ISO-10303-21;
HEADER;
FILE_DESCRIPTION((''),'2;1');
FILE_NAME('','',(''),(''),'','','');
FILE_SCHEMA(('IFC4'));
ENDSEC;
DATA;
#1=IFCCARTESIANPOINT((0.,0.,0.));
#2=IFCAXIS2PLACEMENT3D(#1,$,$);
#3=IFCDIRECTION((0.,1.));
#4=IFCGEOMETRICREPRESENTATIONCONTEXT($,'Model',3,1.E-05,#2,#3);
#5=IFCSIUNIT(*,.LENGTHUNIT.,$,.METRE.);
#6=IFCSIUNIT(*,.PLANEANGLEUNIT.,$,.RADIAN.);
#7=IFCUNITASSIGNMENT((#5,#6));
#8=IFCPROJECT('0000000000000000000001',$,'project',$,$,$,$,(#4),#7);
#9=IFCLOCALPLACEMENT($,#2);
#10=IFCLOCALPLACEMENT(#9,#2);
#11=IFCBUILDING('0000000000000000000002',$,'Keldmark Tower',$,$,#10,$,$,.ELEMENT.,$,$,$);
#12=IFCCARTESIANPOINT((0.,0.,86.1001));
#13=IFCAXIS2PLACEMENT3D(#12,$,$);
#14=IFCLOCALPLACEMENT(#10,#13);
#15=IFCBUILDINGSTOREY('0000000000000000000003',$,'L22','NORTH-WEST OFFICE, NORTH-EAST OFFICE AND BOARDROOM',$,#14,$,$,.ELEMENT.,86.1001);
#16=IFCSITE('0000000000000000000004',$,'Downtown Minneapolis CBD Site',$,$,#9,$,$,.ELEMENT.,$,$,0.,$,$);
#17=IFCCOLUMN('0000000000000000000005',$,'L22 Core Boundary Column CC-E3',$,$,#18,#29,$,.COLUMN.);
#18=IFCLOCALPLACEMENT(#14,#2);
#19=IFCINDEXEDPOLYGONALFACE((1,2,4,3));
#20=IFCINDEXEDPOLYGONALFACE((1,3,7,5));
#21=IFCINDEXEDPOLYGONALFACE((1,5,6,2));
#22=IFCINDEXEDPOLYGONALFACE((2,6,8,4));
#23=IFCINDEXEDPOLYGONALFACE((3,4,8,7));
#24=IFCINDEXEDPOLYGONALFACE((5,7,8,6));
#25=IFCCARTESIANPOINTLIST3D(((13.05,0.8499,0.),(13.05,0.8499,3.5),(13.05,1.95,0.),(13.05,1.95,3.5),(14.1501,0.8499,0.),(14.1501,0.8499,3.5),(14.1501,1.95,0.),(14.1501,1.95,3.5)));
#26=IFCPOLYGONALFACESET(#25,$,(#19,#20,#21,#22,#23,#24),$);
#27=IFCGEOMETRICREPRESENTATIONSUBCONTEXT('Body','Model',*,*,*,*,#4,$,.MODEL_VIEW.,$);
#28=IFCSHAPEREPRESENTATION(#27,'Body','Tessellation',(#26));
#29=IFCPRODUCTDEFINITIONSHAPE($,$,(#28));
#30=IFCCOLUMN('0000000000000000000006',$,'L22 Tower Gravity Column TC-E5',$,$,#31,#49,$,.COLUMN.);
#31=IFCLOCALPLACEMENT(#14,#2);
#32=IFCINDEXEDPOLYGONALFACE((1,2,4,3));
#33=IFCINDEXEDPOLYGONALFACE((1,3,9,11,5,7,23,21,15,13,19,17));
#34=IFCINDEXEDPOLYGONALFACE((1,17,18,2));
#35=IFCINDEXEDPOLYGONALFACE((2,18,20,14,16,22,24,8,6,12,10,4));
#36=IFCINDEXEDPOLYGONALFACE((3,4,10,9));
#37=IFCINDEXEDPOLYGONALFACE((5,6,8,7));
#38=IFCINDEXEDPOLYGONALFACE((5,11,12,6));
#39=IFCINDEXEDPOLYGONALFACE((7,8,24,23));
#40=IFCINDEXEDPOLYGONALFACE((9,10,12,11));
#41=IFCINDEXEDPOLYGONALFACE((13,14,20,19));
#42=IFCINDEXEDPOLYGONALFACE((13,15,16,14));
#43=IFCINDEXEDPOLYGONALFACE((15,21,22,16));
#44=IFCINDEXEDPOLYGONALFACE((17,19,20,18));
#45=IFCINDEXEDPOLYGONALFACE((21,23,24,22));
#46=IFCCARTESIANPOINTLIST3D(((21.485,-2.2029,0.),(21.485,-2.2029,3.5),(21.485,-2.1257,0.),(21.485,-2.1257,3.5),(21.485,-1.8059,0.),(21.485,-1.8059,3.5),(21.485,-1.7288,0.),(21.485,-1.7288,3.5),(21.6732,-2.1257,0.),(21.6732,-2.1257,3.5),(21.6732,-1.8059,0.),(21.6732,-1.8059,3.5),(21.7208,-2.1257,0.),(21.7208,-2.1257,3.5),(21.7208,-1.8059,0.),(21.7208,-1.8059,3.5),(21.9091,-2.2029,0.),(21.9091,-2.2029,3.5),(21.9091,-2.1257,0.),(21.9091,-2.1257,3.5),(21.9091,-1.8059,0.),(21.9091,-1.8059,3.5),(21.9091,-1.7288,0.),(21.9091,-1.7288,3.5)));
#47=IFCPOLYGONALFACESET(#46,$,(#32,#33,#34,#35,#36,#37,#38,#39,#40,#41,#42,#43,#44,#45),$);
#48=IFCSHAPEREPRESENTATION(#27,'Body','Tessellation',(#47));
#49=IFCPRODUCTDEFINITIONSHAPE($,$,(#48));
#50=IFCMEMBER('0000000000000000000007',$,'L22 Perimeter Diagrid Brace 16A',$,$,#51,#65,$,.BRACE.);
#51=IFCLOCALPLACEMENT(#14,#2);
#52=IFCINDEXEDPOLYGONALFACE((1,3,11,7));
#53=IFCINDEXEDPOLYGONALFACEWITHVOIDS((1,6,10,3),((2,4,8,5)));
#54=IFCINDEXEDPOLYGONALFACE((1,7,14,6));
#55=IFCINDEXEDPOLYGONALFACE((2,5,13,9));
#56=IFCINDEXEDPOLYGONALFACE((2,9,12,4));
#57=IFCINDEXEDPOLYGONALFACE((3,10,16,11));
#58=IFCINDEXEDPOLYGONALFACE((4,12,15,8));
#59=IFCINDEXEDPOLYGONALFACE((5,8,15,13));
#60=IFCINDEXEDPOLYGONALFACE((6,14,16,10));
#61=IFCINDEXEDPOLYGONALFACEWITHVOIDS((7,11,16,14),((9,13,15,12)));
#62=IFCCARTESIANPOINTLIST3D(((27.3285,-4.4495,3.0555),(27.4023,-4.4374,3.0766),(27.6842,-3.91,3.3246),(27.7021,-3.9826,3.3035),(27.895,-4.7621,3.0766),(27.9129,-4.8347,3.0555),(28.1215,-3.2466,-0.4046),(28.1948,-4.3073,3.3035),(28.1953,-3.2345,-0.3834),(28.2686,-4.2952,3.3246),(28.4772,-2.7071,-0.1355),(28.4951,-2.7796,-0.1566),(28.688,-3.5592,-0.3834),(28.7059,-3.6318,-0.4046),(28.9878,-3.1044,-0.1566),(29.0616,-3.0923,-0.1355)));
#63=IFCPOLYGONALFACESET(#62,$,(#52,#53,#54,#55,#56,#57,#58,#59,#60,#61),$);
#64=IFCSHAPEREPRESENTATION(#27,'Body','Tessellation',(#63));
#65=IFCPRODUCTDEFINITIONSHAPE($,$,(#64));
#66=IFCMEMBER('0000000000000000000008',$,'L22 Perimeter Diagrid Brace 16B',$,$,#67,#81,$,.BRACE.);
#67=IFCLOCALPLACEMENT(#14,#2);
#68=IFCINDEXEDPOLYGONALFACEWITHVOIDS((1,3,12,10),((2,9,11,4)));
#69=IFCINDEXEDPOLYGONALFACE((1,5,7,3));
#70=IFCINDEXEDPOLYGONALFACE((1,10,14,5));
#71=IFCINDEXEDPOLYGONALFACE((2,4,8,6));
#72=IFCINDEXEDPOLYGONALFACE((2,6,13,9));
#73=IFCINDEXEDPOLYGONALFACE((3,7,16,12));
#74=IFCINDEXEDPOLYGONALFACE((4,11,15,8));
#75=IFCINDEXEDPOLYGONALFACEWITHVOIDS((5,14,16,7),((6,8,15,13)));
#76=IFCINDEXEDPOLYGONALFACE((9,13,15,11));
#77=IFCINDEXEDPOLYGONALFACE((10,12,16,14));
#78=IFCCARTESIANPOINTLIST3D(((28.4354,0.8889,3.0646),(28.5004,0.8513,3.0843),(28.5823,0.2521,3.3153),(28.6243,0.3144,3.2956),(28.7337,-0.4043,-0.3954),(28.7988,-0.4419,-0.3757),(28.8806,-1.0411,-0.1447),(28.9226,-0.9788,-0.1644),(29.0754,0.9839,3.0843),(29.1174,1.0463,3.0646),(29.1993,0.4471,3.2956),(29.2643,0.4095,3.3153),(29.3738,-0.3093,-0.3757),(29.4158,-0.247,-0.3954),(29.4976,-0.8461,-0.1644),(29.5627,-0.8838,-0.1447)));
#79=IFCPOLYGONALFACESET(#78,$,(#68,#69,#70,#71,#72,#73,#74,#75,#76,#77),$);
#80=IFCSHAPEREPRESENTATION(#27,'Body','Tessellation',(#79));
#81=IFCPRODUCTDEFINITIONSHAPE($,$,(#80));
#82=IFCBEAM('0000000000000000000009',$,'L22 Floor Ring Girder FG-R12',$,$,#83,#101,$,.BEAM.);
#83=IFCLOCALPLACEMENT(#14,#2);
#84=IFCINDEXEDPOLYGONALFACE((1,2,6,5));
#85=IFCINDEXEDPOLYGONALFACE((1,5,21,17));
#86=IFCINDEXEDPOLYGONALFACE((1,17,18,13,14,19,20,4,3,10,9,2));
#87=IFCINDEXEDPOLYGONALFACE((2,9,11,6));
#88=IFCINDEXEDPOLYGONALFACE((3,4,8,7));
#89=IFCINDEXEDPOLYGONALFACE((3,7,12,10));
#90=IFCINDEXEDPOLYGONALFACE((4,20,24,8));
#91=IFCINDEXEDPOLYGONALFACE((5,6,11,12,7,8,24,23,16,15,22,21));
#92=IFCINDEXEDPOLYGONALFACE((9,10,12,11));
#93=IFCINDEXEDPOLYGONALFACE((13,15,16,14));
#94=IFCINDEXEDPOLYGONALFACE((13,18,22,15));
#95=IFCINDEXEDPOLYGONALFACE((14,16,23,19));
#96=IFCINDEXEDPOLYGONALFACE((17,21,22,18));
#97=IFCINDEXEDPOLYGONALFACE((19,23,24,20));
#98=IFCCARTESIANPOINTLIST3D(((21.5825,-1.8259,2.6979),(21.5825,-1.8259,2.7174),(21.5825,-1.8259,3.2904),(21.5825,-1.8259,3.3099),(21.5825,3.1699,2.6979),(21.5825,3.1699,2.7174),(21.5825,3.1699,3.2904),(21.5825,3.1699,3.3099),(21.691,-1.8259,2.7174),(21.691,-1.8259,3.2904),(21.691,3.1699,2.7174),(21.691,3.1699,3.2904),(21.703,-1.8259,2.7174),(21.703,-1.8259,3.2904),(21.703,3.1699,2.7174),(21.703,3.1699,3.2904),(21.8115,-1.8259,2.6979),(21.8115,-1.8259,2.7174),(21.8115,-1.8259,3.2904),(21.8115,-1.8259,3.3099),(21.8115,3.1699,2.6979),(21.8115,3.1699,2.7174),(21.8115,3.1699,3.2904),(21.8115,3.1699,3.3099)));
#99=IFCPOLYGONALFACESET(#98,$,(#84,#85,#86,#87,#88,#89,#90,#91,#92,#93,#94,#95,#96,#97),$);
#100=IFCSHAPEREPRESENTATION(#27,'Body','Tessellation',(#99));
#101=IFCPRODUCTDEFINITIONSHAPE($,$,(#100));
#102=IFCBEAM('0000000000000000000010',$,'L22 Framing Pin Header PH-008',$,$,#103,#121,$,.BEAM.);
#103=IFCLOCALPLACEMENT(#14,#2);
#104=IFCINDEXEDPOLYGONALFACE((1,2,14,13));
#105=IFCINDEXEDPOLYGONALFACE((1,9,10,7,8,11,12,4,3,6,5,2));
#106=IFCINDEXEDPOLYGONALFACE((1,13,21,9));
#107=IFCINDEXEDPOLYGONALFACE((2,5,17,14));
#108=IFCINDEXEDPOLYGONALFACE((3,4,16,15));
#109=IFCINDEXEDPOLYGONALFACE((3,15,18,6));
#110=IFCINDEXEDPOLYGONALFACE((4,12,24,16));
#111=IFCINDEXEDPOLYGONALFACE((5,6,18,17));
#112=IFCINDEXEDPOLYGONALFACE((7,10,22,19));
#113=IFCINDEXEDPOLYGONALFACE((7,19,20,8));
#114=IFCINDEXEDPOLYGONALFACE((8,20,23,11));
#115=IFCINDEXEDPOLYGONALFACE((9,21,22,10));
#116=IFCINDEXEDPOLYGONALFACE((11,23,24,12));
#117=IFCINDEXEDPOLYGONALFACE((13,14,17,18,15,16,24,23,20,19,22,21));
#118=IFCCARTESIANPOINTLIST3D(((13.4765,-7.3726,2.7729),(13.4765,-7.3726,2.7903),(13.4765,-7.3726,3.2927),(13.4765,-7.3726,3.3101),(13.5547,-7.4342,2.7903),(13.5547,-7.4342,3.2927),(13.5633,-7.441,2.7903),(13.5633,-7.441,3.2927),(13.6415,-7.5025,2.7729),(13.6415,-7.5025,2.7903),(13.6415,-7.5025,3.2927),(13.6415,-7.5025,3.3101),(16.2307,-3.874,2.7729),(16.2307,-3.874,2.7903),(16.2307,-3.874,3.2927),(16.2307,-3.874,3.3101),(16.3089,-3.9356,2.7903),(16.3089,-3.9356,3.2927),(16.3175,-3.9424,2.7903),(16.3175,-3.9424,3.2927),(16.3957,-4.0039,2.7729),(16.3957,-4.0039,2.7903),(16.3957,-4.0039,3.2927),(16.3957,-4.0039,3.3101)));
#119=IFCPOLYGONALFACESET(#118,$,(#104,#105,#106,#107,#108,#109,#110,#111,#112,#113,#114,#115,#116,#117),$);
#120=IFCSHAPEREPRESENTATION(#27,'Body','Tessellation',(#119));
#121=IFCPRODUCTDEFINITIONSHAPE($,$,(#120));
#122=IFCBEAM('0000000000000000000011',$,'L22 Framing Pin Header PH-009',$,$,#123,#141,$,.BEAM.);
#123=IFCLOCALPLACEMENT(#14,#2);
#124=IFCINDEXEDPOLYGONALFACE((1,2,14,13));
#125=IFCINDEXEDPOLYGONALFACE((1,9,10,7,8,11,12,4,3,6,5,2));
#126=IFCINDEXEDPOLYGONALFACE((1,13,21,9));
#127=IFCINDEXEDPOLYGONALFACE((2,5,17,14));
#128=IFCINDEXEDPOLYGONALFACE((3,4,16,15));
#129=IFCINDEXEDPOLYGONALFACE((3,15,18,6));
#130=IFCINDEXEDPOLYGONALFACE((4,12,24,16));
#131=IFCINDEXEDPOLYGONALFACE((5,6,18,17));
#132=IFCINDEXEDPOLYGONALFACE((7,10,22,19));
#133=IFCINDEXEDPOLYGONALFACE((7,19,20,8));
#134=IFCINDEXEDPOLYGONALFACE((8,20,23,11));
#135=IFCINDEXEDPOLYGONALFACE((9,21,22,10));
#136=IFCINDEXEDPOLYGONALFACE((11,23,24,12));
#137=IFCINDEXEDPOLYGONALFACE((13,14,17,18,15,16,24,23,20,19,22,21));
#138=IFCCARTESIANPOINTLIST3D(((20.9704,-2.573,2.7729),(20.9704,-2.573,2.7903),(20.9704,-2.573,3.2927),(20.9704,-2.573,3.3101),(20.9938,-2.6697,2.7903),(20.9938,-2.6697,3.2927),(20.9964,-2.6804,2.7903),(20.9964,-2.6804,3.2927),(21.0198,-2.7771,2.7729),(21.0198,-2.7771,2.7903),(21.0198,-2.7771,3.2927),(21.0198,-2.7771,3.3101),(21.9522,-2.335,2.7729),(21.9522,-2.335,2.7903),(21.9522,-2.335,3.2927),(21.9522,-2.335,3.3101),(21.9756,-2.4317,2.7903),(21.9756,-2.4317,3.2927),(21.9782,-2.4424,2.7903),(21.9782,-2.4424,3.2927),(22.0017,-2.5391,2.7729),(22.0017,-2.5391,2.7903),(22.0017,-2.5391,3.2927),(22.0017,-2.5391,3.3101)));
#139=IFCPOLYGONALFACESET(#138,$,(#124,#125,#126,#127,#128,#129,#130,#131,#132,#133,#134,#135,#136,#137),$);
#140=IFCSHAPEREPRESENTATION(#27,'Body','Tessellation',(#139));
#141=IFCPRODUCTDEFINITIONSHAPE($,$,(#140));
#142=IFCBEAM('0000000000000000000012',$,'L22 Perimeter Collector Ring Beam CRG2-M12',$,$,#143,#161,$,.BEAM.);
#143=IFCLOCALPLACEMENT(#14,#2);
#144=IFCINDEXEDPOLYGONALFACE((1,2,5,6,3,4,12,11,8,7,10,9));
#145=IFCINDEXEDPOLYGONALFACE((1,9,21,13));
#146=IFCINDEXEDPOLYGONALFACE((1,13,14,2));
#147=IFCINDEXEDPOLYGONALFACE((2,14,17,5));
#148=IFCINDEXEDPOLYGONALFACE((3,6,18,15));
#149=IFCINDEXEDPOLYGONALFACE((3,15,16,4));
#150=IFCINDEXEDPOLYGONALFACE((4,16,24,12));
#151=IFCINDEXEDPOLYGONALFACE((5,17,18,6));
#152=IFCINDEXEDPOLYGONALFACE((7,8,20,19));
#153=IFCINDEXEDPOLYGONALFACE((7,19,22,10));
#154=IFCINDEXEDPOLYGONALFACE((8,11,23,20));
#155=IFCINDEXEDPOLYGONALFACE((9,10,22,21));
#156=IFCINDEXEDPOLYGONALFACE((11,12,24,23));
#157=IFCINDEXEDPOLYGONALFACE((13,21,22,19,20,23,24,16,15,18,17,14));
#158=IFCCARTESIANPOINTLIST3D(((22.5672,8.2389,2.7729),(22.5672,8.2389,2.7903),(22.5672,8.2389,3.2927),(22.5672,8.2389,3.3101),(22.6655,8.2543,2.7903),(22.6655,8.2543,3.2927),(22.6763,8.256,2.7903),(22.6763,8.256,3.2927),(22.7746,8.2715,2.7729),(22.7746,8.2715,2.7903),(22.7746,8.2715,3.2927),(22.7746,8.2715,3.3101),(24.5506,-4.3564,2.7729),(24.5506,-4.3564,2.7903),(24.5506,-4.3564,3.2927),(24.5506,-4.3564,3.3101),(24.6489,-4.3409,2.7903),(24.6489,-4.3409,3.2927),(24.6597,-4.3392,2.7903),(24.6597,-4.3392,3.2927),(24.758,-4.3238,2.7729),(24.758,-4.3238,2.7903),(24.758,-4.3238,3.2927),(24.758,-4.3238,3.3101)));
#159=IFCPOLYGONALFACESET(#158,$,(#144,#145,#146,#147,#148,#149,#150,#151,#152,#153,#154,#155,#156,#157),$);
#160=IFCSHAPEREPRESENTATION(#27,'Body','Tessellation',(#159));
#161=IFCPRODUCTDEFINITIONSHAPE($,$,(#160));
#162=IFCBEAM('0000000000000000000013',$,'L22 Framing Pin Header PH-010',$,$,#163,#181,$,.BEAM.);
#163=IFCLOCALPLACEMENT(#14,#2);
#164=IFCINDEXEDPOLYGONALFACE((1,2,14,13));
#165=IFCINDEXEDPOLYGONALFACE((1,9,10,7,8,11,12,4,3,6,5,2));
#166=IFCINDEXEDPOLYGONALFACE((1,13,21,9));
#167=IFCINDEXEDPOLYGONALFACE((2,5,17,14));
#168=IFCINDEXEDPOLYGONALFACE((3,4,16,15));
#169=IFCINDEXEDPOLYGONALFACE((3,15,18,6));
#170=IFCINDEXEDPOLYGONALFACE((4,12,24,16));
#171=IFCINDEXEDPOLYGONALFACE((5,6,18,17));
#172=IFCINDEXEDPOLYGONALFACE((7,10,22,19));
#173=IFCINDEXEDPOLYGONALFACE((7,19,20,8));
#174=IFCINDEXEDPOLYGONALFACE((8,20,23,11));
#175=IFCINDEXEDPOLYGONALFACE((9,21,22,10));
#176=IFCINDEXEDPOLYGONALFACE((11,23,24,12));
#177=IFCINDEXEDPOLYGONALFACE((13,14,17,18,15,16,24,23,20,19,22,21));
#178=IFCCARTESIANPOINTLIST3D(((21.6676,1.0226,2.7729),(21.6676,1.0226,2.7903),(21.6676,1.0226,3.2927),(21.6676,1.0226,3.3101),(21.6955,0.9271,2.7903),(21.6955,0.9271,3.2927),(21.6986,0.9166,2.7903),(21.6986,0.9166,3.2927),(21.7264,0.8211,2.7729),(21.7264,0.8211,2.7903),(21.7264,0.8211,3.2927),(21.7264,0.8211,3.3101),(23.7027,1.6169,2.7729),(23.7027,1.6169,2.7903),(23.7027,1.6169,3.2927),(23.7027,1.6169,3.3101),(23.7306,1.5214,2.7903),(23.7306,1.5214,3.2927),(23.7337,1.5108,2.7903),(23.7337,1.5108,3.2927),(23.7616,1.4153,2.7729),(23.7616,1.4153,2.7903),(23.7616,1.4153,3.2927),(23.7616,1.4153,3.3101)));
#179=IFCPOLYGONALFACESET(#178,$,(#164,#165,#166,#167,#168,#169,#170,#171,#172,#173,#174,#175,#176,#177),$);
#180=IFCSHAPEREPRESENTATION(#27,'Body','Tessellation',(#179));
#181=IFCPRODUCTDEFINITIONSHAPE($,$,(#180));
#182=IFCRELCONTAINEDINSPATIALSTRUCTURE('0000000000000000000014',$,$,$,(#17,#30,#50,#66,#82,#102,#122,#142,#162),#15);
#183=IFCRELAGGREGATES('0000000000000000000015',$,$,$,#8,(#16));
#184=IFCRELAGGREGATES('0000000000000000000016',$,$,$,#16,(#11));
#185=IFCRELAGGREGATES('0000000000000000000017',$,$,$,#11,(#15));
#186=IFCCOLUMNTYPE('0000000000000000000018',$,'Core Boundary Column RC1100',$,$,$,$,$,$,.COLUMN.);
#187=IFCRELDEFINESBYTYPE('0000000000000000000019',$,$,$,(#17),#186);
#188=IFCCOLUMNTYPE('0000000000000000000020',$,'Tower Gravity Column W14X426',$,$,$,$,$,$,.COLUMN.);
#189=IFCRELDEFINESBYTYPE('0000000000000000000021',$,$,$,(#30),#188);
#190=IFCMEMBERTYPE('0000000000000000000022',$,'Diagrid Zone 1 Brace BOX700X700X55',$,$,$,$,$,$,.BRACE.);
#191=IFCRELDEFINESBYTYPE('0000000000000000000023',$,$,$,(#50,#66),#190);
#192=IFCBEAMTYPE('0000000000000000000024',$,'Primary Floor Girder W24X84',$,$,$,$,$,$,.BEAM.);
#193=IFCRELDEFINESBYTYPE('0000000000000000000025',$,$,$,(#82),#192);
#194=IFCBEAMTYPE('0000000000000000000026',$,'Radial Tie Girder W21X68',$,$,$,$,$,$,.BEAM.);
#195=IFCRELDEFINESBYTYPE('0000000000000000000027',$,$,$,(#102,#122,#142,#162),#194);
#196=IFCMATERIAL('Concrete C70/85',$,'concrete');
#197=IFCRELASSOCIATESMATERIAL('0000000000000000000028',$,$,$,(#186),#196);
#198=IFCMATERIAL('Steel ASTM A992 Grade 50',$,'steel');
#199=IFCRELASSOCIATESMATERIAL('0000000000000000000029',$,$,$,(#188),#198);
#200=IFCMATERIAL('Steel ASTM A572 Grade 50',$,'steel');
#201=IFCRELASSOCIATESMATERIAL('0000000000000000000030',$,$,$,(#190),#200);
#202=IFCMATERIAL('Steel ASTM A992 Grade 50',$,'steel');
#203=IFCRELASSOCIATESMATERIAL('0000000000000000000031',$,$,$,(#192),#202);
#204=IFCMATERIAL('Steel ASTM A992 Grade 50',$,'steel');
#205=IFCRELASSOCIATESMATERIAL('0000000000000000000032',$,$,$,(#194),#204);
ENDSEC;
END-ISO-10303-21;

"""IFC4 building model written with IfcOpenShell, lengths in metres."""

from ifc_helpers import new_model, si_unit, direction, frame, origin, origin_2d, place, context, subcontext, project, spatial, rectangle, hollow_rectangle, i_section, extrude, material, material_profile, profile_set, type_object, element, save


model = new_model("IFC4")

# Units and contexts
model_context = context("Model", 3, precision=1e-05, world=origin(), true_north=direction((0.0, 1.0)))
body_context = subcontext(model_context, "Body", "Model", "MODEL_VIEW")
ifc_project = project(units=[si_unit("LENGTHUNIT", "METRE"), si_unit("PLANEANGLEUNIT", "RADIAN")], contexts=[model_context])

# Site, building, storey
site_placement = place(None, origin())
site = spatial("IfcSite", under=ifc_project, at=site_placement, Name="Downtown Minneapolis CBD Site", CompositionType="ELEMENT", RefElevation=0.0)
building_placement = place(site_placement, origin())
building = spatial("IfcBuilding", under=site, at=building_placement, Name="Keldmark Tower", CompositionType="ELEMENT")
storey_placement = place(building_placement, frame((0.0, 0.0, 86.1001)))
storey = spatial("IfcBuildingStorey", under=building, at=storey_placement, Name="L22", Description="NORTH-WEST OFFICE, NORTH-EAST OFFICE AND BOARDROOM", CompositionType="ELEMENT", Elevation=86.1001)

# Columns
ifc_material_1 = material(Name="Concrete C70/85", Category="concrete")
ifc_material_profile_1 = material_profile(ifc_material_1, rectangle(XDim=1.1001, YDim=1.1001, at=origin_2d()), Name="RC1100X1100")
ifc_profile_set_1 = profile_set([ifc_material_profile_1], Name="Concrete C70/85")
column_type_1 = type_object("IfcColumnType", Name="Core Boundary Column RC1100", PredefinedType="COLUMN", material=ifc_profile_set_1)
column_1_placement = place(storey_placement, frame((13.6001, 1.3999, 0.0), z_axis=(0.0, 0.0, 1.0), x_axis=(1.0, 0.0, 0.0)))
element("IfcColumn", 1, at=column_1_placement, inside=storey, type_object=column_type_1, Name="L22 Core Boundary Column CC-E3", PredefinedType="COLUMN", context=body_context, shape_type="SweptSolid", body=[
    extrude(rectangle(XDim=1.1001, YDim=1.1001, at=origin_2d()), origin(), (0.0, 0.0, 1.0), 3.5),
])
ifc_material_2 = material(Name="Steel ASTM A992 Grade 50", Category="steel")
ifc_material_profile_2 = material_profile(ifc_material_2, i_section(OverallWidth=0.4241, OverallDepth=0.4741, WebThickness=0.0476, FlangeThickness=0.0771, at=origin_2d()), Name="W14X426")
ifc_profile_set_2 = profile_set([ifc_material_profile_2], Name="Steel ASTM A992 Grade 50")
column_type_2 = type_object("IfcColumnType", Name="Tower Gravity Column W14X426", PredefinedType="COLUMN", material=ifc_profile_set_2)
column_2_placement = place(storey_placement, frame((21.697, -1.9658, 0.0), z_axis=(0.0, 0.0, 1.0), x_axis=(1.0, 0.0, 0.0)))
element("IfcColumn", 2, at=column_2_placement, inside=storey, type_object=column_type_2, Name="L22 Tower Gravity Column TC-E5", PredefinedType="COLUMN", context=body_context, shape_type="SweptSolid", body=[
    extrude(i_section(OverallWidth=0.4241, OverallDepth=0.4741, WebThickness=0.0476, FlangeThickness=0.0771, at=origin_2d()), origin(), (0.0, 0.0, 1.0), 3.5),
])

# Members
ifc_material_3 = material(Name="Steel ASTM A572 Grade 50", Category="steel")
ifc_material_profile_3 = material_profile(ifc_material_3, hollow_rectangle(XDim=0.7, YDim=0.7, WallThickness=0.0549, at=origin_2d()), Name="BOX700X700X55")
ifc_profile_set_3 = profile_set([ifc_material_profile_3], Name="Steel ASTM A572 Grade 50")
member_type = type_object("IfcMemberType", Name="Diagrid Zone 1 Brace BOX700X700X55", PredefinedType="BRACE", material=ifc_profile_set_3)
member_1_placement = place(storey_placement, frame((28.5916, -3.1694, -0.27), z_axis=(-0.211575, -0.320945, 0.923163), x_axis=(0.834907, -0.550391, 0.0)))
element("IfcMember", 3, at=member_1_placement, inside=storey, type_object=member_type, Name="L22 Perimeter Diagrid Brace 16A", PredefinedType="BRACE", context=body_context, shape_type="SweptSolid", body=[
    extrude(hollow_rectangle(XDim=0.7, YDim=0.7, WallThickness=0.0549, at=origin_2d()), origin(), (0.0, 0.0, 1.0), 3.748),
])
member_2_placement = place(storey_placement, frame((29.1482, -0.644, -0.27), z_axis=(-0.080507, 0.348973, 0.933668), x_axis=(-0.974407, -0.224792, 0.0)))
element("IfcMember", 4, at=member_2_placement, inside=storey, type_object=member_type, Name="L22 Perimeter Diagrid Brace 16B", PredefinedType="BRACE", context=body_context, shape_type="SweptSolid", body=[
    extrude(hollow_rectangle(XDim=0.7, YDim=0.7, WallThickness=0.0549, at=origin_2d()), origin(), (0.0, 0.0, 1.0), 3.7058),
])

# Beams
ifc_material_4 = material(Name="Steel ASTM A992 Grade 50", Category="steel")
ifc_material_profile_4 = material_profile(ifc_material_4, i_section(OverallWidth=0.229, OverallDepth=0.6121, WebThickness=0.012, FlangeThickness=0.0195, at=origin_2d()), Name="W24X84")
ifc_profile_set_4 = profile_set([ifc_material_profile_4], Name="Steel ASTM A992 Grade 50")
beam_type_1 = type_object("IfcBeamType", Name="Primary Floor Girder W24X84", PredefinedType="BEAM", material=ifc_profile_set_4)
beam_1_placement = place(storey_placement, frame((21.697, -1.8259, 3.0039), z_axis=(0.0, 1.0, 0.0), x_axis=(-1.0, 0.0, 0.0)))
element("IfcBeam", 5, at=beam_1_placement, inside=storey, type_object=beam_type_1, Name="L22 Floor Ring Girder FG-R12", PredefinedType="BEAM", context=body_context, shape_type="SweptSolid", body=[
    extrude(i_section(OverallWidth=0.229, OverallDepth=0.6121, WebThickness=0.012, FlangeThickness=0.0195, at=origin_2d()), origin(), (0.0, 0.0, 1.0), 4.9958),
])
ifc_material_5 = material(Name="Steel ASTM A992 Grade 50", Category="steel")
ifc_material_profile_5 = material_profile(ifc_material_5, i_section(OverallWidth=0.21, OverallDepth=0.5371, WebThickness=0.011, FlangeThickness=0.0173, at=origin_2d()), Name="W21X68")
ifc_profile_set_5 = profile_set([ifc_material_profile_5], Name="Steel ASTM A992 Grade 50")
beam_type_2 = type_object("IfcBeamType", Name="Radial Tie Girder W21X68", PredefinedType="BEAM", material=ifc_profile_set_5)
beam_2_placement = place(storey_placement, frame((16.3132, -3.939, 3.0415), z_axis=(-0.618557, -0.78574, 0.0), x_axis=(0.78574, -0.618557, 0.0)))
element("IfcBeam", 6, at=beam_2_placement, inside=storey, type_object=beam_type_2, Name="L22 Framing Pin Header PH-008", PredefinedType="BEAM", context=body_context, shape_type="SweptSolid", body=[
    extrude(i_section(OverallWidth=0.21, OverallDepth=0.5371, WebThickness=0.011, FlangeThickness=0.0173, at=origin_2d()), origin(), (0.0, 0.0, 1.0), 4.4526),
])
beam_3_placement = place(storey_placement, frame((20.9951, -2.675, 3.0415), z_axis=(0.971852, 0.235593, 0.0), x_axis=(-0.235593, 0.971852, 0.0)))
element("IfcBeam", 7, at=beam_3_placement, inside=storey, type_object=beam_type_2, Name="L22 Framing Pin Header PH-009", PredefinedType="BEAM", context=body_context, shape_type="SweptSolid", body=[
    extrude(i_section(OverallWidth=0.21, OverallDepth=0.5371, WebThickness=0.011, FlangeThickness=0.0173, at=origin_2d()), origin(), (0.0, 0.0, 1.0), 1.0103),
])
beam_4_placement = place(storey_placement, frame((24.6543, -4.3401, 3.0415), z_axis=(-0.155555, 0.987827, 0.0), x_axis=(-0.987827, -0.155555, 0.0)))
element("IfcBeam", 8, at=beam_4_placement, inside=storey, type_object=beam_type_2, Name="L22 Perimeter Collector Ring Beam CRG2-M12", PredefinedType="BEAM", context=body_context, shape_type="SweptSolid", body=[
    extrude(i_section(OverallWidth=0.21, OverallDepth=0.5371, WebThickness=0.011, FlangeThickness=0.0173, at=origin_2d()), origin(), (0.0, 0.0, 1.0), 12.7505),
])
beam_5_placement = place(storey_placement, frame((21.697, 0.9219, 3.0415), z_axis=(0.959917, 0.280283, 0.0), x_axis=(-0.280283, 0.959917, 0.0)))
element("IfcBeam", 9, at=beam_5_placement, inside=storey, type_object=beam_type_2, Name="L22 Framing Pin Header PH-010", PredefinedType="BEAM", context=body_context, shape_type="SweptSolid", body=[
    extrude(i_section(OverallWidth=0.21, OverallDepth=0.5371, WebThickness=0.011, FlangeThickness=0.0173, at=origin_2d()), origin(), (0.0, 0.0, 1.0), 2.1201),
])

save(model, "model.ifc")
